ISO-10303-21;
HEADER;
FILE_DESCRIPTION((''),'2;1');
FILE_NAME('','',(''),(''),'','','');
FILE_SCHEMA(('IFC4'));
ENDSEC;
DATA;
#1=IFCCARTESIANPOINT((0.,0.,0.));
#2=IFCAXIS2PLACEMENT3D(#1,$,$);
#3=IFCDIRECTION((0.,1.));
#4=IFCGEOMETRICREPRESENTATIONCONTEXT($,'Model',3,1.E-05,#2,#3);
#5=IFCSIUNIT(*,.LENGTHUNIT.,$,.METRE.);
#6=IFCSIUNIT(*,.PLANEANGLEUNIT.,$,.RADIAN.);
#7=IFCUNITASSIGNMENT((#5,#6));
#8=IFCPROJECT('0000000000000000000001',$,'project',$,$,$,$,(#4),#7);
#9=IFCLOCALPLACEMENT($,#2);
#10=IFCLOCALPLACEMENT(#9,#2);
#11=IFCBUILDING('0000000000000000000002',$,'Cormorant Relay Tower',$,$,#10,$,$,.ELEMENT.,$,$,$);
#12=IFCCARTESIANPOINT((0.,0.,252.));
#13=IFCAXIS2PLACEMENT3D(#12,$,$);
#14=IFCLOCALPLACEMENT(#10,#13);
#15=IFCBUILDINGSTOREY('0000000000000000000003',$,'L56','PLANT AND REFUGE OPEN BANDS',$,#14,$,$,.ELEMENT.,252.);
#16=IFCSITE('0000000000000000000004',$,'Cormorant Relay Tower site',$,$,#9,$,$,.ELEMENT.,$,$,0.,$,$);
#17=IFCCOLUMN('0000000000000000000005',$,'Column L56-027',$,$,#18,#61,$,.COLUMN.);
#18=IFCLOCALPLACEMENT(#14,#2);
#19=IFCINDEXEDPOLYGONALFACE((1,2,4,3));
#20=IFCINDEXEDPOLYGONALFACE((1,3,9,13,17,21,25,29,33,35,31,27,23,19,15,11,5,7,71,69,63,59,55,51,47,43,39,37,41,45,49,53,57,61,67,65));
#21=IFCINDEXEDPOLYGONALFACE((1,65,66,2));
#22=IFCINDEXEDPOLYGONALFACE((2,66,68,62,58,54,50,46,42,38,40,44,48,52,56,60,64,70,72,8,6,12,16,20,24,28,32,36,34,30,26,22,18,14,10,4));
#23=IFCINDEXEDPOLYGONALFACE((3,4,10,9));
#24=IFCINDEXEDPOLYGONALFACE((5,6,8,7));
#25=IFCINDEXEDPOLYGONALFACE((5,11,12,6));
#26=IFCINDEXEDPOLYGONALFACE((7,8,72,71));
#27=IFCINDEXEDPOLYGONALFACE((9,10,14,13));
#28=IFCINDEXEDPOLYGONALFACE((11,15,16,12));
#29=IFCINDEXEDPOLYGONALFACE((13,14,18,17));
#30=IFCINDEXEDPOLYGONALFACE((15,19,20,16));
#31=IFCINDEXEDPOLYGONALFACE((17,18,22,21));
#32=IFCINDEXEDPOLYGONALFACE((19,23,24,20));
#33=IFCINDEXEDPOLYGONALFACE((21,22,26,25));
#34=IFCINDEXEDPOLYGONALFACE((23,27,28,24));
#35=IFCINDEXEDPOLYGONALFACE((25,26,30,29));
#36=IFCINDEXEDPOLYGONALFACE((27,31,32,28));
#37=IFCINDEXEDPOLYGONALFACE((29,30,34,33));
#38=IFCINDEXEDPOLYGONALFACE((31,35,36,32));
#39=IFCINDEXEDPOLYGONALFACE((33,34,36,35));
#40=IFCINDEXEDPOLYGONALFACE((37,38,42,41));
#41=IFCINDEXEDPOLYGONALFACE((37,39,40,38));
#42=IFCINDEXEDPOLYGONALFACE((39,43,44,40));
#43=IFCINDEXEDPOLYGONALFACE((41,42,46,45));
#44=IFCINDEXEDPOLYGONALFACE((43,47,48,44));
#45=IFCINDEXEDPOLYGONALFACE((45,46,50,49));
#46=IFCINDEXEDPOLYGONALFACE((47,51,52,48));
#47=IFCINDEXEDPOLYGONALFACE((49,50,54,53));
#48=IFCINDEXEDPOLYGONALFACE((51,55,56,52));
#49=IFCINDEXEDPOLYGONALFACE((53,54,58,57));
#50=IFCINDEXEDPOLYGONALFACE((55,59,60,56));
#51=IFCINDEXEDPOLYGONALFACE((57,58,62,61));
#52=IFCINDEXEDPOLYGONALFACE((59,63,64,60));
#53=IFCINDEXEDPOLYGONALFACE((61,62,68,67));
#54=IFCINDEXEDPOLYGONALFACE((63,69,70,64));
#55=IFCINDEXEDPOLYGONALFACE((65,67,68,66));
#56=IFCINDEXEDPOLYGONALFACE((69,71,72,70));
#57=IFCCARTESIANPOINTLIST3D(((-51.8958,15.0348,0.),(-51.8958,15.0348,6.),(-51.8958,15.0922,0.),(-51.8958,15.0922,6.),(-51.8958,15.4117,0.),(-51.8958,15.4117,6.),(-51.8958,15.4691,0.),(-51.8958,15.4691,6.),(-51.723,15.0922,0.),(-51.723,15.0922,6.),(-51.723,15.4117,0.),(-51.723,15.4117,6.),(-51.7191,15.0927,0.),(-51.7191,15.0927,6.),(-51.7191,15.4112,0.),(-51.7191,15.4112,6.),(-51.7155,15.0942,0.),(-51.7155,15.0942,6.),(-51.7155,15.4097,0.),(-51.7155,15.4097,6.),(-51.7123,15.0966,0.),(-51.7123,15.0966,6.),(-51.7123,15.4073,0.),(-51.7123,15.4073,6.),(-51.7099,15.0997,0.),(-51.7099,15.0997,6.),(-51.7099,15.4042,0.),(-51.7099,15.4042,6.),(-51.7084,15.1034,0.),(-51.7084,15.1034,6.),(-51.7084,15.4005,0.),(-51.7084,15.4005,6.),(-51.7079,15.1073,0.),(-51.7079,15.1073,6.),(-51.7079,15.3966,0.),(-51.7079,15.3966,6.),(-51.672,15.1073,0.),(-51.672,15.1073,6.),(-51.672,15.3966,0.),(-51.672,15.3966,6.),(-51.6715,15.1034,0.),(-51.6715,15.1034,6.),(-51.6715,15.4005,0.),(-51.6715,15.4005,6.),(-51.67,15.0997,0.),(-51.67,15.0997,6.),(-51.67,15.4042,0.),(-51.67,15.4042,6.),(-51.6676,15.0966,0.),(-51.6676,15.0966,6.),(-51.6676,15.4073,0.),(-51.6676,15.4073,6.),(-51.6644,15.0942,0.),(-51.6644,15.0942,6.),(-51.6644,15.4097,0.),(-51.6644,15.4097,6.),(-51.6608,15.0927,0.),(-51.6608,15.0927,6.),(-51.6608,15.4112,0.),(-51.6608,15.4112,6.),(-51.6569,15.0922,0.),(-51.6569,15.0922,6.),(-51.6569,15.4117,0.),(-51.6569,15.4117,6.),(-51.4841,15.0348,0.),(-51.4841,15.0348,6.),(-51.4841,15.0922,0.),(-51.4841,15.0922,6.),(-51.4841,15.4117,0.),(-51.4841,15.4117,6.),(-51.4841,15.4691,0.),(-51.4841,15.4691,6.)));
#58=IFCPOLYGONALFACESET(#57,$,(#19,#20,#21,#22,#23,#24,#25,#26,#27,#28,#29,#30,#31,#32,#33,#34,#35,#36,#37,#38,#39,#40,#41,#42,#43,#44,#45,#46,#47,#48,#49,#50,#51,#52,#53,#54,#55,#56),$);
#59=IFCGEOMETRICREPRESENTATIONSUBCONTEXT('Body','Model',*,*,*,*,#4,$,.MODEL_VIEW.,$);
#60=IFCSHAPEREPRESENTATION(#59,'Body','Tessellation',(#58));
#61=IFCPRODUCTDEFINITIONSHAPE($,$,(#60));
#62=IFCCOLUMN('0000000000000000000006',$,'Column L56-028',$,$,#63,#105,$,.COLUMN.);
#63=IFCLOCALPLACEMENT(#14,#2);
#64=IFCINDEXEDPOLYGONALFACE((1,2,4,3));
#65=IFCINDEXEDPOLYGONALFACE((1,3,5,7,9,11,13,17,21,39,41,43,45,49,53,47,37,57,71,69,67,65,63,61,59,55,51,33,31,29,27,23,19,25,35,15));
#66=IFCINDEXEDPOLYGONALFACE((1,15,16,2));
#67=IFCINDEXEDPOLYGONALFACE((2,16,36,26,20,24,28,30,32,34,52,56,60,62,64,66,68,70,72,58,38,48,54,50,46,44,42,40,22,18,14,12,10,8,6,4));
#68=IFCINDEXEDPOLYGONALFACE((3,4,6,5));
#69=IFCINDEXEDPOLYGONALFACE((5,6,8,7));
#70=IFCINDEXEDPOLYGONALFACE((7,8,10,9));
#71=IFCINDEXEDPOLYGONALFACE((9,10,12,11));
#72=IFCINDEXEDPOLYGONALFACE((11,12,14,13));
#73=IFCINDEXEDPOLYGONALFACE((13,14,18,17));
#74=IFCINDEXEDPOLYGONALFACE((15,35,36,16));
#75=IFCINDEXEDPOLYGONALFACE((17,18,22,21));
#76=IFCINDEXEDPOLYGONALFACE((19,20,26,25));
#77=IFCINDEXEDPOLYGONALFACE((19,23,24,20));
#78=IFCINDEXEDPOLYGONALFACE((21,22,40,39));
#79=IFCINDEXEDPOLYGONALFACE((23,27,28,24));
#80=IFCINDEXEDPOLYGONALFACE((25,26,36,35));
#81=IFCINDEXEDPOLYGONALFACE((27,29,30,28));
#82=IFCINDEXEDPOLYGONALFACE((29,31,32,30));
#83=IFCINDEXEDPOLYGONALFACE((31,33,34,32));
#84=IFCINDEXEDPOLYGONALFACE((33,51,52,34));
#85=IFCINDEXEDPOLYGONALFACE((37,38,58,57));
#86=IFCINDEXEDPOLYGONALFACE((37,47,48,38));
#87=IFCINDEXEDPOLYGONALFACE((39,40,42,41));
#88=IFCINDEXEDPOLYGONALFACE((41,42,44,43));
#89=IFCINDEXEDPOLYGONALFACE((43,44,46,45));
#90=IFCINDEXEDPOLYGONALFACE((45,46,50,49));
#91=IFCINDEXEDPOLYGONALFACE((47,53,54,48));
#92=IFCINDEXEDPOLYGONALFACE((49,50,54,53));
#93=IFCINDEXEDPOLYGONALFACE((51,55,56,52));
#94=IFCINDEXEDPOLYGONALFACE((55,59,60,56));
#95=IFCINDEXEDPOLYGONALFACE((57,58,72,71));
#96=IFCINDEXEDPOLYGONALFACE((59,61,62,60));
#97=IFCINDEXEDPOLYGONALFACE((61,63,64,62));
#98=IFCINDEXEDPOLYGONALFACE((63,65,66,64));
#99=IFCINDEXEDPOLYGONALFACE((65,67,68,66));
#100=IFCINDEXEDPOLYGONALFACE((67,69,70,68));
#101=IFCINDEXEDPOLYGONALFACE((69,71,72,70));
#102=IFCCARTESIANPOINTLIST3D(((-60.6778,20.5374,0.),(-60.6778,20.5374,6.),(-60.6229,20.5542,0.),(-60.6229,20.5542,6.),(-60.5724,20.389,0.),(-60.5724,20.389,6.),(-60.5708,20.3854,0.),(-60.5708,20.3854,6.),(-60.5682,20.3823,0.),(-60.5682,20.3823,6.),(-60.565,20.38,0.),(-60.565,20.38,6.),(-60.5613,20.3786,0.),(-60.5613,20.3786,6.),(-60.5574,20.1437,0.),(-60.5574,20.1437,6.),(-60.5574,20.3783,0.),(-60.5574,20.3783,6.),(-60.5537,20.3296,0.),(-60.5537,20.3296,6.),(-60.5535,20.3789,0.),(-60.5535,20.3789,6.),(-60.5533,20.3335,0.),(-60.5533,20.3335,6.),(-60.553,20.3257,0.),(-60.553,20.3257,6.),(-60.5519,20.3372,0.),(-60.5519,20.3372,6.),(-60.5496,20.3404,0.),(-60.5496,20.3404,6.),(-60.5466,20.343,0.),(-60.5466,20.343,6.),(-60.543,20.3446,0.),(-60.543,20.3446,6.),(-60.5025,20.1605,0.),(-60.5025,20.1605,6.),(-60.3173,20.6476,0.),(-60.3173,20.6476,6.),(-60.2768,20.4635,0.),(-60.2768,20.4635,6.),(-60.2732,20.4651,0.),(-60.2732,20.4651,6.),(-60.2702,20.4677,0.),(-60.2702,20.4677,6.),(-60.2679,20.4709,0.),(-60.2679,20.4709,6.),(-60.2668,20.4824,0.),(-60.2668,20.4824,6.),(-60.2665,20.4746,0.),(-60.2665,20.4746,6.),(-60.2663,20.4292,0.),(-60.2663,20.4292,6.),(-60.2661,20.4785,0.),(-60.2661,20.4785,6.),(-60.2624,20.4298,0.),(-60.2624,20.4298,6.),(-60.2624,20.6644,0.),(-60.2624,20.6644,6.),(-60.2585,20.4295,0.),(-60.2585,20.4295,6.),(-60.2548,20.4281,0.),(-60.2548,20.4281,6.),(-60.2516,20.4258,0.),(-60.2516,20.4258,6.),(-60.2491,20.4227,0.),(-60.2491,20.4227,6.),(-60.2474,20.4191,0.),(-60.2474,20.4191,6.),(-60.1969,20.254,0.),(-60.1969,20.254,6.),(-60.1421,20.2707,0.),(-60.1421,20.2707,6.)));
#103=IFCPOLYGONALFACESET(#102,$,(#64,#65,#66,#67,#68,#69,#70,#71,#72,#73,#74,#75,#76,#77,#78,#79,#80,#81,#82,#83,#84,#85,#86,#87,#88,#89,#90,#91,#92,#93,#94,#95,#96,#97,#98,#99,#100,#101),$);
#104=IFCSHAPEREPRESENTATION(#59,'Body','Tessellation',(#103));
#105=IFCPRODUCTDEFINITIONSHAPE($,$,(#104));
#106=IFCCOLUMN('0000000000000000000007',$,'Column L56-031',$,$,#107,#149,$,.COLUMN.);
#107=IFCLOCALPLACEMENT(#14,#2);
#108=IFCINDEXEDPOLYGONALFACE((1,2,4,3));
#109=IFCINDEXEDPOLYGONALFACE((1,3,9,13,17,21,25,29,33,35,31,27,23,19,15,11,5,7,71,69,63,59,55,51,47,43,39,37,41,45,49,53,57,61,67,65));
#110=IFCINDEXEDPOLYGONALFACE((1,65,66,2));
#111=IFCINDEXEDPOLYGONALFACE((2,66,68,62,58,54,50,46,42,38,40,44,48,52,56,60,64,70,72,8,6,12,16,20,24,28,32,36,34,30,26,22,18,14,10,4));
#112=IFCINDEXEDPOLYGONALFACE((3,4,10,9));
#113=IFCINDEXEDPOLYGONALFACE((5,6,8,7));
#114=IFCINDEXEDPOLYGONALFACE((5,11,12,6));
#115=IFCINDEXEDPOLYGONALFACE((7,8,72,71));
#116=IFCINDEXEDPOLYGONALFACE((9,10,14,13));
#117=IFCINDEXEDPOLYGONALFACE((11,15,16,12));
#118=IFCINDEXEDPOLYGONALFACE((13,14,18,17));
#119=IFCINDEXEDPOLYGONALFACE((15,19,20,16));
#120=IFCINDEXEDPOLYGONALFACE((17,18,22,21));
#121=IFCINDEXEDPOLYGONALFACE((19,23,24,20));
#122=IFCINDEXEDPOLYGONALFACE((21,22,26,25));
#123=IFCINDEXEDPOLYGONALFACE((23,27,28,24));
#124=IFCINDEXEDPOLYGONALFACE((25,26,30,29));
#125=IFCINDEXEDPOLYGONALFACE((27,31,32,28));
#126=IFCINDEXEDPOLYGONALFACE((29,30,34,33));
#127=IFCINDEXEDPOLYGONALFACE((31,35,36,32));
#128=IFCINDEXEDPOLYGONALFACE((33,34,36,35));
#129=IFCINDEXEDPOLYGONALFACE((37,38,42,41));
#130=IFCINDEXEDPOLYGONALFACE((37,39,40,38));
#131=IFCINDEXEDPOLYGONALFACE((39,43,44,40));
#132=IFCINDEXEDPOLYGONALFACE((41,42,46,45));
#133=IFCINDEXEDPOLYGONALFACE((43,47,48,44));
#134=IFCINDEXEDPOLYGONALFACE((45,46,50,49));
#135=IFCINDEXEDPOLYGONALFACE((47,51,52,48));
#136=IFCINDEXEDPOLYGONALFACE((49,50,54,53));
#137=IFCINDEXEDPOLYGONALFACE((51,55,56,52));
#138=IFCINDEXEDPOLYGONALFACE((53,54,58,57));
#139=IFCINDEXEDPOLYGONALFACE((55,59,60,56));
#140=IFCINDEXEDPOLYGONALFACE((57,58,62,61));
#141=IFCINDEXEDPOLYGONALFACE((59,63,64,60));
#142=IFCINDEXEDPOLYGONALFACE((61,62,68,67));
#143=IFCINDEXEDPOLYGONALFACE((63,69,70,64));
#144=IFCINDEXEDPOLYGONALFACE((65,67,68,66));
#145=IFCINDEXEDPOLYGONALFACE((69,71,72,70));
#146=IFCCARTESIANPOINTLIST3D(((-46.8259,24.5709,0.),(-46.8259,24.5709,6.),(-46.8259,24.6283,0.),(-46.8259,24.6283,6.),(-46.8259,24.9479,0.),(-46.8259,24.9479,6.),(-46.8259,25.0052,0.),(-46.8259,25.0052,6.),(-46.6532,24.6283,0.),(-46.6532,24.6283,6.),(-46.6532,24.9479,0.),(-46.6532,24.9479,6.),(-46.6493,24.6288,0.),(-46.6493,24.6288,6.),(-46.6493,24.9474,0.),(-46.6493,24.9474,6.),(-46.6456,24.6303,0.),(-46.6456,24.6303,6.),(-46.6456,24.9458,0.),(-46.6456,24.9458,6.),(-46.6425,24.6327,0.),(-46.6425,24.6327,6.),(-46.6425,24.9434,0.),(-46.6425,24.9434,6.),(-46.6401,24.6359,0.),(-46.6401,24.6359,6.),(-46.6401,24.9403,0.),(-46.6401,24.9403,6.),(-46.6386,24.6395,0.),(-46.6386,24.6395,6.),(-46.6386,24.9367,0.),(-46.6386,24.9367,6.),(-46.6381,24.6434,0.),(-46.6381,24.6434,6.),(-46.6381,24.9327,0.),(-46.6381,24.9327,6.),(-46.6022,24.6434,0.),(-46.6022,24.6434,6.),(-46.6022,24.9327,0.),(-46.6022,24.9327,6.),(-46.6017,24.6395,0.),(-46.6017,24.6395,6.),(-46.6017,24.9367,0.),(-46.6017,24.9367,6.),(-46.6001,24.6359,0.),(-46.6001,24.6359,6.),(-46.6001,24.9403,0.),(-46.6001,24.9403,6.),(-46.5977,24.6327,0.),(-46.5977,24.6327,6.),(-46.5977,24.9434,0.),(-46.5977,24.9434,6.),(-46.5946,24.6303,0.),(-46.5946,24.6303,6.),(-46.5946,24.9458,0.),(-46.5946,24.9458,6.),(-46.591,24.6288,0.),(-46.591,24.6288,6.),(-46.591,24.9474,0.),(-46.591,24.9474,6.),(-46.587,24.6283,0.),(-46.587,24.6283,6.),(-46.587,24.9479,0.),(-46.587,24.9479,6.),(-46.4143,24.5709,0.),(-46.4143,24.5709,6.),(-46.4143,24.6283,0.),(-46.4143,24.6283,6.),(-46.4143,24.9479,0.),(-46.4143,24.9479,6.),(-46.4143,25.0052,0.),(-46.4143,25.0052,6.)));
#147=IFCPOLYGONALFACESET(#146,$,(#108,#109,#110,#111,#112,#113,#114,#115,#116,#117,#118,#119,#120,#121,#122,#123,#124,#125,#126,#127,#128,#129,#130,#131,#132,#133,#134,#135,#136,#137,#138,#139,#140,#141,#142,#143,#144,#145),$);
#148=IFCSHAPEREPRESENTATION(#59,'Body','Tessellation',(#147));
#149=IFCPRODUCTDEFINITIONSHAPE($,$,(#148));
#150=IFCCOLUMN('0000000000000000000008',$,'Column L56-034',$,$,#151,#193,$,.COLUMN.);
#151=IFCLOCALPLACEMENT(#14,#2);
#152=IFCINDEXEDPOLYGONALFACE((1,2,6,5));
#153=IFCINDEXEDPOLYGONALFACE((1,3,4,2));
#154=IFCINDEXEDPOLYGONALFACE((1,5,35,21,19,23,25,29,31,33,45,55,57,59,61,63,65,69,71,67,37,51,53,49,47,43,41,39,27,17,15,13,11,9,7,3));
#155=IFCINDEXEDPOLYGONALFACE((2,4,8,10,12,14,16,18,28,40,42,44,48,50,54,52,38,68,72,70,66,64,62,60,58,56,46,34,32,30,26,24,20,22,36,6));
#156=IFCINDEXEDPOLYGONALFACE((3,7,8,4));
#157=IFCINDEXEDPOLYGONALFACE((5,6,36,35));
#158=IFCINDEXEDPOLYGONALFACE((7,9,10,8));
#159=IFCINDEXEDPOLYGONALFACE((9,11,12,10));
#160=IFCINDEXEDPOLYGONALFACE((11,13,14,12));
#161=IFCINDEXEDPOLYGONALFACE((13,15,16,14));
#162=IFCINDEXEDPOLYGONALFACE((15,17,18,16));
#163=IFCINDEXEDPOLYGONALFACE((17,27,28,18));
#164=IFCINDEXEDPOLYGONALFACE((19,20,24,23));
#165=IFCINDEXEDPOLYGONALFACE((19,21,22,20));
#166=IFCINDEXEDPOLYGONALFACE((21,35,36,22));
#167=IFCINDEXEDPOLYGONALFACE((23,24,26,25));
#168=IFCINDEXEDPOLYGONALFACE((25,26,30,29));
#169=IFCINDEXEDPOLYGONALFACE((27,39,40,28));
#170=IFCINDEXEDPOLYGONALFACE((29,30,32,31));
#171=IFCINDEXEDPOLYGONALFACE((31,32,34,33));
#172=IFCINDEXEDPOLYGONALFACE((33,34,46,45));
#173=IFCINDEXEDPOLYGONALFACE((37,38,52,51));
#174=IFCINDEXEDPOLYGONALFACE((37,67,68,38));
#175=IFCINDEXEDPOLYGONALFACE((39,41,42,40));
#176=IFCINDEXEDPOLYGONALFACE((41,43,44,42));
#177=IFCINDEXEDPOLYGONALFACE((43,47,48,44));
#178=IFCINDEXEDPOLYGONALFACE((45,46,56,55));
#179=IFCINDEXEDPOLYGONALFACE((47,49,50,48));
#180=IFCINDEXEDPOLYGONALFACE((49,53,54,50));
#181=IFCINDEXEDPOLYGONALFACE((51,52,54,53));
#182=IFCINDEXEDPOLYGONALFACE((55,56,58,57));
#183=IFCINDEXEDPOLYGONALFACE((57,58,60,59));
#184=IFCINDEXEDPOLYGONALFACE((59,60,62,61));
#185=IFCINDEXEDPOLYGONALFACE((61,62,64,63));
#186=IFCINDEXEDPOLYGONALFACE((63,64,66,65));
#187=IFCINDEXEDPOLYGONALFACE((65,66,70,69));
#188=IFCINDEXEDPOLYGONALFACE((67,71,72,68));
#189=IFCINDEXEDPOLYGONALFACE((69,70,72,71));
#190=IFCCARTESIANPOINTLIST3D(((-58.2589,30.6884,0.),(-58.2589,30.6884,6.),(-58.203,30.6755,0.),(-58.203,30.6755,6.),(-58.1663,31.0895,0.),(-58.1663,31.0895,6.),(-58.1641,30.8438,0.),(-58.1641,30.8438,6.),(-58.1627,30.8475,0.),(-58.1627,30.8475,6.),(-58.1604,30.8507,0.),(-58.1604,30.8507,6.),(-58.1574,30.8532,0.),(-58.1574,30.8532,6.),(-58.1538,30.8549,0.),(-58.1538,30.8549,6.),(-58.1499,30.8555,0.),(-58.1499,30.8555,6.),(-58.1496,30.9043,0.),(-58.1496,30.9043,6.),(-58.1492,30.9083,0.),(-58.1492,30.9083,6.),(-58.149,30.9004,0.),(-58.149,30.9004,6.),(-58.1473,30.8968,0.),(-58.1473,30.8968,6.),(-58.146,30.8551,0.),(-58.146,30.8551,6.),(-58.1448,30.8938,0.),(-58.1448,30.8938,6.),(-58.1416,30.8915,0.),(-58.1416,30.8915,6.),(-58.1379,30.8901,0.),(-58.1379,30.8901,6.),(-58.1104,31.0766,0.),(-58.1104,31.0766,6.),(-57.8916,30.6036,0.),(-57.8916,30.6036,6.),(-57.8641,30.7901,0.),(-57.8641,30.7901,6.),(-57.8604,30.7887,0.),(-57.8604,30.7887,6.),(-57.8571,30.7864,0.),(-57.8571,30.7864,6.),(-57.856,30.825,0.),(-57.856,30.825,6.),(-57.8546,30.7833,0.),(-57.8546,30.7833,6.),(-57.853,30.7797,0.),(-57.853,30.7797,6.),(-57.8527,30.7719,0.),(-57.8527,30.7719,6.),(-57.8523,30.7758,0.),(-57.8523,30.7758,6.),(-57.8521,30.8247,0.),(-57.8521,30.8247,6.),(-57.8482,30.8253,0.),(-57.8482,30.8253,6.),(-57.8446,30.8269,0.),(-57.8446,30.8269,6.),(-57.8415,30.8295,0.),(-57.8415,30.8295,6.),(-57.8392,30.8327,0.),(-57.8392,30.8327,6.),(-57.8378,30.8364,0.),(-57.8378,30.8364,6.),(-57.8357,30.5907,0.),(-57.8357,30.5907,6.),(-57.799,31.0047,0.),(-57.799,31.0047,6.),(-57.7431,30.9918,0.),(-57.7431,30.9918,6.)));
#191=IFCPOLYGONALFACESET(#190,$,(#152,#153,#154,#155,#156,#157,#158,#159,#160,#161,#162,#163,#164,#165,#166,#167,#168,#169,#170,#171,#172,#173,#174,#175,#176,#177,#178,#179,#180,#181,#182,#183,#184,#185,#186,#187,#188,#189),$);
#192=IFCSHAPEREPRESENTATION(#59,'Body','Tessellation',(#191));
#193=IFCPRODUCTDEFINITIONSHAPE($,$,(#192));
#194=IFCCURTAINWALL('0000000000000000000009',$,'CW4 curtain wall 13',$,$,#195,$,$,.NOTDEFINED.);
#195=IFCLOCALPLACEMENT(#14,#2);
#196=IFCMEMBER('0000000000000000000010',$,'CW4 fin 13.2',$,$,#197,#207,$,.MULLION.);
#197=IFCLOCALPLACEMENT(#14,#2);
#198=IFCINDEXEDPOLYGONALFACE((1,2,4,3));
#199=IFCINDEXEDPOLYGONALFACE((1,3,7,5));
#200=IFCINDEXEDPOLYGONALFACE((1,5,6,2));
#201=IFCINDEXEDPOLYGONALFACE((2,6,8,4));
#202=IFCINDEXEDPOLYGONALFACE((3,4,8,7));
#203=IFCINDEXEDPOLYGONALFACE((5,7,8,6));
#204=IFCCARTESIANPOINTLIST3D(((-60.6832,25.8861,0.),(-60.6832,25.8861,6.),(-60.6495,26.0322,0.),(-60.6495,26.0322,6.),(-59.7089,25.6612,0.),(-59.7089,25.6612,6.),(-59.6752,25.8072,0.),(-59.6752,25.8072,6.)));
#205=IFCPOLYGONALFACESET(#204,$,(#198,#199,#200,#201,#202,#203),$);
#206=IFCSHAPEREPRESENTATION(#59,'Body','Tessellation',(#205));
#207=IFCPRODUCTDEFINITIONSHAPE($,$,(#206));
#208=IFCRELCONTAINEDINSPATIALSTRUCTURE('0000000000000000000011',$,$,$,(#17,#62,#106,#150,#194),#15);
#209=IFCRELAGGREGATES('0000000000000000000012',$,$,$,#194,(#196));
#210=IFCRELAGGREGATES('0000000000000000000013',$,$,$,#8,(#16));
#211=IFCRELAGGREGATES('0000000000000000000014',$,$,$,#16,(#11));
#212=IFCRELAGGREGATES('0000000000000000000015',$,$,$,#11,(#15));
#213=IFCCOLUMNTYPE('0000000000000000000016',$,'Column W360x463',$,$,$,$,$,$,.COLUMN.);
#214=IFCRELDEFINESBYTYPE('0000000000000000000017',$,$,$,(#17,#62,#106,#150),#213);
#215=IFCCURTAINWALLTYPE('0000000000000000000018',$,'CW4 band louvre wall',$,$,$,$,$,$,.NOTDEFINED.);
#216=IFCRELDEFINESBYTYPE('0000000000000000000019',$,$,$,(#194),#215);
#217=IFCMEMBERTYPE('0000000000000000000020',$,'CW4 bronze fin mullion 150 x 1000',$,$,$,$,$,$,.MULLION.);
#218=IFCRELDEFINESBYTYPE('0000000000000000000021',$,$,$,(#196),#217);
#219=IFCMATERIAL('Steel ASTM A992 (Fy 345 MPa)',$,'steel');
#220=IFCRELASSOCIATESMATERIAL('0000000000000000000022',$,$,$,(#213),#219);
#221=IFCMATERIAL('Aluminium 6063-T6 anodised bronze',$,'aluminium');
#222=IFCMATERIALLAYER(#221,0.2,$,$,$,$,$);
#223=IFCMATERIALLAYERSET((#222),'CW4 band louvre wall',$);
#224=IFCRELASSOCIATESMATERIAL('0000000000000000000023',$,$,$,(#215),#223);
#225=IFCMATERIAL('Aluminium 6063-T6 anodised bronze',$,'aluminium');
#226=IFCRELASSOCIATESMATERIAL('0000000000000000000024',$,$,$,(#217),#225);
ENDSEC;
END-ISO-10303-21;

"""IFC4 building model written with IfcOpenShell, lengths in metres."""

from ifc_helpers import new_model, si_unit, direction, frame, origin, origin_2d, place, context, subcontext, project, spatial, rectangle, i_section, extrude, material, layer, layer_set, material_profile, profile_set, type_object, element, aggregate, save


model = new_model("IFC4")

# Units and contexts
model_context = context("Model", 3, precision=1e-05, world=origin(), true_north=direction((0.0, 1.0)))
body_context = subcontext(model_context, "Body", "Model", "MODEL_VIEW")
ifc_project = project(units=[si_unit("LENGTHUNIT", "METRE"), si_unit("PLANEANGLEUNIT", "RADIAN")], contexts=[model_context])

# Site, building, storey
site_placement = place(None, origin())
site = spatial("IfcSite", under=ifc_project, at=site_placement, Name="Cormorant Relay Tower site", CompositionType="ELEMENT", RefElevation=0.0)
building_placement = place(site_placement, origin())
building = spatial("IfcBuilding", under=site, at=building_placement, Name="Cormorant Relay Tower", CompositionType="ELEMENT")
storey_placement = place(building_placement, frame((0.0, 0.0, 252.0)))
storey = spatial("IfcBuildingStorey", under=building, at=storey_placement, Name="L56", Description="PLANT AND REFUGE OPEN BANDS", CompositionType="ELEMENT", Elevation=252.0)

# Columns
ifc_material_1 = material(Name="Steel ASTM A992 (Fy 345 MPa)", Category="steel")
ifc_material_profile_1 = material_profile(ifc_material_1, i_section(OverallWidth=0.4116, OverallDepth=0.4343, WebThickness=0.0359, FlangeThickness=0.0574, FilletRadius=0.0151, at=origin_2d()), Name="W360x463")
ifc_profile_set_1 = profile_set([ifc_material_profile_1], Name="Steel ASTM A992 (Fy 345 MPa)")
column_type = type_object("IfcColumnType", Name="Column W360x463", PredefinedType="COLUMN", material=ifc_profile_set_1)
for number, where, z_axis, x_axis, name in (
    (1, (-51.6899, 15.252, 0.0), (0.0, 0.0, 1.0), (1.0, 0.0, 0.0), "Column L56-027"),
    (2, (-60.4099, 20.4041, 0.0), (0.0, 0.0, 1.0), (0.292372, -0.956305, 0.0), "Column L56-028"),
    (3, (-46.6201, 24.7881, 0.0), (0.0, 0.0, 1.0), (1.0, 0.0, 0.0), "Column L56-031"),
    (4, (-58.001, 30.8401, 0.0), (0.0, 0.0, 1.0), (-0.224951, -0.97437, 0.0), "Column L56-034"),
):
    element("IfcColumn", number, at=place(storey_placement, frame(where, z_axis=z_axis, x_axis=x_axis)), inside=storey, type_object=column_type, Name=name, PredefinedType="COLUMN", context=body_context, shape_type="SweptSolid", body=[
        extrude(i_section(OverallWidth=0.4116, OverallDepth=0.4343, WebThickness=0.0359, FlangeThickness=0.0574, FilletRadius=0.0151, at=origin_2d()), origin(), (0.0, 0.0, 1.0), 6.0),
    ])

# Curtain wall, member
ifc_material_2 = material(Name="Aluminium 6063-T6 anodised bronze", Category="aluminium")
ifc_layer_1 = layer(ifc_material_2, 0.2)
ifc_layer_set_1 = layer_set([ifc_layer_1], Name="CW4 band louvre wall")
curtain_wall_type = type_object("IfcCurtainWallType", Name="CW4 band louvre wall", PredefinedType="NOTDEFINED", material=ifc_layer_set_1)
curtain_wall_1_placement = place(storey_placement, origin())
curtain_wall_1 = element("IfcCurtainWall", 5, at=curtain_wall_1_placement, inside=storey, type_object=curtain_wall_type, Name="CW4 curtain wall 13", PredefinedType="NOTDEFINED")
ifc_material_3 = material(Name="Aluminium 6063-T6 anodised bronze", Category="aluminium")
ifc_material_profile_2 = material_profile(ifc_material_3, rectangle(XDim=0.1499, YDim=1.0, at=origin_2d()), Name="AL 150x1000")
ifc_profile_set_2 = profile_set([ifc_material_profile_2], Name="Aluminium 6063-T6 anodised bronze")
member_type_1 = type_object("IfcMemberType", Name="CW4 bronze fin mullion 150 x 1000", PredefinedType="MULLION", material=ifc_profile_set_2)
member_1_placement = place(storey_placement, frame((-60.1792, 25.8467, 0.0), z_axis=(0.0, 0.0, 1.0), x_axis=(-0.224951, -0.97437, 0.0)))
member_1 = element("IfcMember", 6, at=member_1_placement, type_object=member_type_1, Name="CW4 fin 13.2", PredefinedType="MULLION", context=body_context, shape_type="SweptSolid", body=[
    extrude(rectangle(XDim=0.1499, YDim=1.0, at=origin_2d()), origin(), (0.0, 0.0, 1.0), 6.0),
])

aggregate(curtain_wall_1, [member_1])

save(model, "model.ifc")
